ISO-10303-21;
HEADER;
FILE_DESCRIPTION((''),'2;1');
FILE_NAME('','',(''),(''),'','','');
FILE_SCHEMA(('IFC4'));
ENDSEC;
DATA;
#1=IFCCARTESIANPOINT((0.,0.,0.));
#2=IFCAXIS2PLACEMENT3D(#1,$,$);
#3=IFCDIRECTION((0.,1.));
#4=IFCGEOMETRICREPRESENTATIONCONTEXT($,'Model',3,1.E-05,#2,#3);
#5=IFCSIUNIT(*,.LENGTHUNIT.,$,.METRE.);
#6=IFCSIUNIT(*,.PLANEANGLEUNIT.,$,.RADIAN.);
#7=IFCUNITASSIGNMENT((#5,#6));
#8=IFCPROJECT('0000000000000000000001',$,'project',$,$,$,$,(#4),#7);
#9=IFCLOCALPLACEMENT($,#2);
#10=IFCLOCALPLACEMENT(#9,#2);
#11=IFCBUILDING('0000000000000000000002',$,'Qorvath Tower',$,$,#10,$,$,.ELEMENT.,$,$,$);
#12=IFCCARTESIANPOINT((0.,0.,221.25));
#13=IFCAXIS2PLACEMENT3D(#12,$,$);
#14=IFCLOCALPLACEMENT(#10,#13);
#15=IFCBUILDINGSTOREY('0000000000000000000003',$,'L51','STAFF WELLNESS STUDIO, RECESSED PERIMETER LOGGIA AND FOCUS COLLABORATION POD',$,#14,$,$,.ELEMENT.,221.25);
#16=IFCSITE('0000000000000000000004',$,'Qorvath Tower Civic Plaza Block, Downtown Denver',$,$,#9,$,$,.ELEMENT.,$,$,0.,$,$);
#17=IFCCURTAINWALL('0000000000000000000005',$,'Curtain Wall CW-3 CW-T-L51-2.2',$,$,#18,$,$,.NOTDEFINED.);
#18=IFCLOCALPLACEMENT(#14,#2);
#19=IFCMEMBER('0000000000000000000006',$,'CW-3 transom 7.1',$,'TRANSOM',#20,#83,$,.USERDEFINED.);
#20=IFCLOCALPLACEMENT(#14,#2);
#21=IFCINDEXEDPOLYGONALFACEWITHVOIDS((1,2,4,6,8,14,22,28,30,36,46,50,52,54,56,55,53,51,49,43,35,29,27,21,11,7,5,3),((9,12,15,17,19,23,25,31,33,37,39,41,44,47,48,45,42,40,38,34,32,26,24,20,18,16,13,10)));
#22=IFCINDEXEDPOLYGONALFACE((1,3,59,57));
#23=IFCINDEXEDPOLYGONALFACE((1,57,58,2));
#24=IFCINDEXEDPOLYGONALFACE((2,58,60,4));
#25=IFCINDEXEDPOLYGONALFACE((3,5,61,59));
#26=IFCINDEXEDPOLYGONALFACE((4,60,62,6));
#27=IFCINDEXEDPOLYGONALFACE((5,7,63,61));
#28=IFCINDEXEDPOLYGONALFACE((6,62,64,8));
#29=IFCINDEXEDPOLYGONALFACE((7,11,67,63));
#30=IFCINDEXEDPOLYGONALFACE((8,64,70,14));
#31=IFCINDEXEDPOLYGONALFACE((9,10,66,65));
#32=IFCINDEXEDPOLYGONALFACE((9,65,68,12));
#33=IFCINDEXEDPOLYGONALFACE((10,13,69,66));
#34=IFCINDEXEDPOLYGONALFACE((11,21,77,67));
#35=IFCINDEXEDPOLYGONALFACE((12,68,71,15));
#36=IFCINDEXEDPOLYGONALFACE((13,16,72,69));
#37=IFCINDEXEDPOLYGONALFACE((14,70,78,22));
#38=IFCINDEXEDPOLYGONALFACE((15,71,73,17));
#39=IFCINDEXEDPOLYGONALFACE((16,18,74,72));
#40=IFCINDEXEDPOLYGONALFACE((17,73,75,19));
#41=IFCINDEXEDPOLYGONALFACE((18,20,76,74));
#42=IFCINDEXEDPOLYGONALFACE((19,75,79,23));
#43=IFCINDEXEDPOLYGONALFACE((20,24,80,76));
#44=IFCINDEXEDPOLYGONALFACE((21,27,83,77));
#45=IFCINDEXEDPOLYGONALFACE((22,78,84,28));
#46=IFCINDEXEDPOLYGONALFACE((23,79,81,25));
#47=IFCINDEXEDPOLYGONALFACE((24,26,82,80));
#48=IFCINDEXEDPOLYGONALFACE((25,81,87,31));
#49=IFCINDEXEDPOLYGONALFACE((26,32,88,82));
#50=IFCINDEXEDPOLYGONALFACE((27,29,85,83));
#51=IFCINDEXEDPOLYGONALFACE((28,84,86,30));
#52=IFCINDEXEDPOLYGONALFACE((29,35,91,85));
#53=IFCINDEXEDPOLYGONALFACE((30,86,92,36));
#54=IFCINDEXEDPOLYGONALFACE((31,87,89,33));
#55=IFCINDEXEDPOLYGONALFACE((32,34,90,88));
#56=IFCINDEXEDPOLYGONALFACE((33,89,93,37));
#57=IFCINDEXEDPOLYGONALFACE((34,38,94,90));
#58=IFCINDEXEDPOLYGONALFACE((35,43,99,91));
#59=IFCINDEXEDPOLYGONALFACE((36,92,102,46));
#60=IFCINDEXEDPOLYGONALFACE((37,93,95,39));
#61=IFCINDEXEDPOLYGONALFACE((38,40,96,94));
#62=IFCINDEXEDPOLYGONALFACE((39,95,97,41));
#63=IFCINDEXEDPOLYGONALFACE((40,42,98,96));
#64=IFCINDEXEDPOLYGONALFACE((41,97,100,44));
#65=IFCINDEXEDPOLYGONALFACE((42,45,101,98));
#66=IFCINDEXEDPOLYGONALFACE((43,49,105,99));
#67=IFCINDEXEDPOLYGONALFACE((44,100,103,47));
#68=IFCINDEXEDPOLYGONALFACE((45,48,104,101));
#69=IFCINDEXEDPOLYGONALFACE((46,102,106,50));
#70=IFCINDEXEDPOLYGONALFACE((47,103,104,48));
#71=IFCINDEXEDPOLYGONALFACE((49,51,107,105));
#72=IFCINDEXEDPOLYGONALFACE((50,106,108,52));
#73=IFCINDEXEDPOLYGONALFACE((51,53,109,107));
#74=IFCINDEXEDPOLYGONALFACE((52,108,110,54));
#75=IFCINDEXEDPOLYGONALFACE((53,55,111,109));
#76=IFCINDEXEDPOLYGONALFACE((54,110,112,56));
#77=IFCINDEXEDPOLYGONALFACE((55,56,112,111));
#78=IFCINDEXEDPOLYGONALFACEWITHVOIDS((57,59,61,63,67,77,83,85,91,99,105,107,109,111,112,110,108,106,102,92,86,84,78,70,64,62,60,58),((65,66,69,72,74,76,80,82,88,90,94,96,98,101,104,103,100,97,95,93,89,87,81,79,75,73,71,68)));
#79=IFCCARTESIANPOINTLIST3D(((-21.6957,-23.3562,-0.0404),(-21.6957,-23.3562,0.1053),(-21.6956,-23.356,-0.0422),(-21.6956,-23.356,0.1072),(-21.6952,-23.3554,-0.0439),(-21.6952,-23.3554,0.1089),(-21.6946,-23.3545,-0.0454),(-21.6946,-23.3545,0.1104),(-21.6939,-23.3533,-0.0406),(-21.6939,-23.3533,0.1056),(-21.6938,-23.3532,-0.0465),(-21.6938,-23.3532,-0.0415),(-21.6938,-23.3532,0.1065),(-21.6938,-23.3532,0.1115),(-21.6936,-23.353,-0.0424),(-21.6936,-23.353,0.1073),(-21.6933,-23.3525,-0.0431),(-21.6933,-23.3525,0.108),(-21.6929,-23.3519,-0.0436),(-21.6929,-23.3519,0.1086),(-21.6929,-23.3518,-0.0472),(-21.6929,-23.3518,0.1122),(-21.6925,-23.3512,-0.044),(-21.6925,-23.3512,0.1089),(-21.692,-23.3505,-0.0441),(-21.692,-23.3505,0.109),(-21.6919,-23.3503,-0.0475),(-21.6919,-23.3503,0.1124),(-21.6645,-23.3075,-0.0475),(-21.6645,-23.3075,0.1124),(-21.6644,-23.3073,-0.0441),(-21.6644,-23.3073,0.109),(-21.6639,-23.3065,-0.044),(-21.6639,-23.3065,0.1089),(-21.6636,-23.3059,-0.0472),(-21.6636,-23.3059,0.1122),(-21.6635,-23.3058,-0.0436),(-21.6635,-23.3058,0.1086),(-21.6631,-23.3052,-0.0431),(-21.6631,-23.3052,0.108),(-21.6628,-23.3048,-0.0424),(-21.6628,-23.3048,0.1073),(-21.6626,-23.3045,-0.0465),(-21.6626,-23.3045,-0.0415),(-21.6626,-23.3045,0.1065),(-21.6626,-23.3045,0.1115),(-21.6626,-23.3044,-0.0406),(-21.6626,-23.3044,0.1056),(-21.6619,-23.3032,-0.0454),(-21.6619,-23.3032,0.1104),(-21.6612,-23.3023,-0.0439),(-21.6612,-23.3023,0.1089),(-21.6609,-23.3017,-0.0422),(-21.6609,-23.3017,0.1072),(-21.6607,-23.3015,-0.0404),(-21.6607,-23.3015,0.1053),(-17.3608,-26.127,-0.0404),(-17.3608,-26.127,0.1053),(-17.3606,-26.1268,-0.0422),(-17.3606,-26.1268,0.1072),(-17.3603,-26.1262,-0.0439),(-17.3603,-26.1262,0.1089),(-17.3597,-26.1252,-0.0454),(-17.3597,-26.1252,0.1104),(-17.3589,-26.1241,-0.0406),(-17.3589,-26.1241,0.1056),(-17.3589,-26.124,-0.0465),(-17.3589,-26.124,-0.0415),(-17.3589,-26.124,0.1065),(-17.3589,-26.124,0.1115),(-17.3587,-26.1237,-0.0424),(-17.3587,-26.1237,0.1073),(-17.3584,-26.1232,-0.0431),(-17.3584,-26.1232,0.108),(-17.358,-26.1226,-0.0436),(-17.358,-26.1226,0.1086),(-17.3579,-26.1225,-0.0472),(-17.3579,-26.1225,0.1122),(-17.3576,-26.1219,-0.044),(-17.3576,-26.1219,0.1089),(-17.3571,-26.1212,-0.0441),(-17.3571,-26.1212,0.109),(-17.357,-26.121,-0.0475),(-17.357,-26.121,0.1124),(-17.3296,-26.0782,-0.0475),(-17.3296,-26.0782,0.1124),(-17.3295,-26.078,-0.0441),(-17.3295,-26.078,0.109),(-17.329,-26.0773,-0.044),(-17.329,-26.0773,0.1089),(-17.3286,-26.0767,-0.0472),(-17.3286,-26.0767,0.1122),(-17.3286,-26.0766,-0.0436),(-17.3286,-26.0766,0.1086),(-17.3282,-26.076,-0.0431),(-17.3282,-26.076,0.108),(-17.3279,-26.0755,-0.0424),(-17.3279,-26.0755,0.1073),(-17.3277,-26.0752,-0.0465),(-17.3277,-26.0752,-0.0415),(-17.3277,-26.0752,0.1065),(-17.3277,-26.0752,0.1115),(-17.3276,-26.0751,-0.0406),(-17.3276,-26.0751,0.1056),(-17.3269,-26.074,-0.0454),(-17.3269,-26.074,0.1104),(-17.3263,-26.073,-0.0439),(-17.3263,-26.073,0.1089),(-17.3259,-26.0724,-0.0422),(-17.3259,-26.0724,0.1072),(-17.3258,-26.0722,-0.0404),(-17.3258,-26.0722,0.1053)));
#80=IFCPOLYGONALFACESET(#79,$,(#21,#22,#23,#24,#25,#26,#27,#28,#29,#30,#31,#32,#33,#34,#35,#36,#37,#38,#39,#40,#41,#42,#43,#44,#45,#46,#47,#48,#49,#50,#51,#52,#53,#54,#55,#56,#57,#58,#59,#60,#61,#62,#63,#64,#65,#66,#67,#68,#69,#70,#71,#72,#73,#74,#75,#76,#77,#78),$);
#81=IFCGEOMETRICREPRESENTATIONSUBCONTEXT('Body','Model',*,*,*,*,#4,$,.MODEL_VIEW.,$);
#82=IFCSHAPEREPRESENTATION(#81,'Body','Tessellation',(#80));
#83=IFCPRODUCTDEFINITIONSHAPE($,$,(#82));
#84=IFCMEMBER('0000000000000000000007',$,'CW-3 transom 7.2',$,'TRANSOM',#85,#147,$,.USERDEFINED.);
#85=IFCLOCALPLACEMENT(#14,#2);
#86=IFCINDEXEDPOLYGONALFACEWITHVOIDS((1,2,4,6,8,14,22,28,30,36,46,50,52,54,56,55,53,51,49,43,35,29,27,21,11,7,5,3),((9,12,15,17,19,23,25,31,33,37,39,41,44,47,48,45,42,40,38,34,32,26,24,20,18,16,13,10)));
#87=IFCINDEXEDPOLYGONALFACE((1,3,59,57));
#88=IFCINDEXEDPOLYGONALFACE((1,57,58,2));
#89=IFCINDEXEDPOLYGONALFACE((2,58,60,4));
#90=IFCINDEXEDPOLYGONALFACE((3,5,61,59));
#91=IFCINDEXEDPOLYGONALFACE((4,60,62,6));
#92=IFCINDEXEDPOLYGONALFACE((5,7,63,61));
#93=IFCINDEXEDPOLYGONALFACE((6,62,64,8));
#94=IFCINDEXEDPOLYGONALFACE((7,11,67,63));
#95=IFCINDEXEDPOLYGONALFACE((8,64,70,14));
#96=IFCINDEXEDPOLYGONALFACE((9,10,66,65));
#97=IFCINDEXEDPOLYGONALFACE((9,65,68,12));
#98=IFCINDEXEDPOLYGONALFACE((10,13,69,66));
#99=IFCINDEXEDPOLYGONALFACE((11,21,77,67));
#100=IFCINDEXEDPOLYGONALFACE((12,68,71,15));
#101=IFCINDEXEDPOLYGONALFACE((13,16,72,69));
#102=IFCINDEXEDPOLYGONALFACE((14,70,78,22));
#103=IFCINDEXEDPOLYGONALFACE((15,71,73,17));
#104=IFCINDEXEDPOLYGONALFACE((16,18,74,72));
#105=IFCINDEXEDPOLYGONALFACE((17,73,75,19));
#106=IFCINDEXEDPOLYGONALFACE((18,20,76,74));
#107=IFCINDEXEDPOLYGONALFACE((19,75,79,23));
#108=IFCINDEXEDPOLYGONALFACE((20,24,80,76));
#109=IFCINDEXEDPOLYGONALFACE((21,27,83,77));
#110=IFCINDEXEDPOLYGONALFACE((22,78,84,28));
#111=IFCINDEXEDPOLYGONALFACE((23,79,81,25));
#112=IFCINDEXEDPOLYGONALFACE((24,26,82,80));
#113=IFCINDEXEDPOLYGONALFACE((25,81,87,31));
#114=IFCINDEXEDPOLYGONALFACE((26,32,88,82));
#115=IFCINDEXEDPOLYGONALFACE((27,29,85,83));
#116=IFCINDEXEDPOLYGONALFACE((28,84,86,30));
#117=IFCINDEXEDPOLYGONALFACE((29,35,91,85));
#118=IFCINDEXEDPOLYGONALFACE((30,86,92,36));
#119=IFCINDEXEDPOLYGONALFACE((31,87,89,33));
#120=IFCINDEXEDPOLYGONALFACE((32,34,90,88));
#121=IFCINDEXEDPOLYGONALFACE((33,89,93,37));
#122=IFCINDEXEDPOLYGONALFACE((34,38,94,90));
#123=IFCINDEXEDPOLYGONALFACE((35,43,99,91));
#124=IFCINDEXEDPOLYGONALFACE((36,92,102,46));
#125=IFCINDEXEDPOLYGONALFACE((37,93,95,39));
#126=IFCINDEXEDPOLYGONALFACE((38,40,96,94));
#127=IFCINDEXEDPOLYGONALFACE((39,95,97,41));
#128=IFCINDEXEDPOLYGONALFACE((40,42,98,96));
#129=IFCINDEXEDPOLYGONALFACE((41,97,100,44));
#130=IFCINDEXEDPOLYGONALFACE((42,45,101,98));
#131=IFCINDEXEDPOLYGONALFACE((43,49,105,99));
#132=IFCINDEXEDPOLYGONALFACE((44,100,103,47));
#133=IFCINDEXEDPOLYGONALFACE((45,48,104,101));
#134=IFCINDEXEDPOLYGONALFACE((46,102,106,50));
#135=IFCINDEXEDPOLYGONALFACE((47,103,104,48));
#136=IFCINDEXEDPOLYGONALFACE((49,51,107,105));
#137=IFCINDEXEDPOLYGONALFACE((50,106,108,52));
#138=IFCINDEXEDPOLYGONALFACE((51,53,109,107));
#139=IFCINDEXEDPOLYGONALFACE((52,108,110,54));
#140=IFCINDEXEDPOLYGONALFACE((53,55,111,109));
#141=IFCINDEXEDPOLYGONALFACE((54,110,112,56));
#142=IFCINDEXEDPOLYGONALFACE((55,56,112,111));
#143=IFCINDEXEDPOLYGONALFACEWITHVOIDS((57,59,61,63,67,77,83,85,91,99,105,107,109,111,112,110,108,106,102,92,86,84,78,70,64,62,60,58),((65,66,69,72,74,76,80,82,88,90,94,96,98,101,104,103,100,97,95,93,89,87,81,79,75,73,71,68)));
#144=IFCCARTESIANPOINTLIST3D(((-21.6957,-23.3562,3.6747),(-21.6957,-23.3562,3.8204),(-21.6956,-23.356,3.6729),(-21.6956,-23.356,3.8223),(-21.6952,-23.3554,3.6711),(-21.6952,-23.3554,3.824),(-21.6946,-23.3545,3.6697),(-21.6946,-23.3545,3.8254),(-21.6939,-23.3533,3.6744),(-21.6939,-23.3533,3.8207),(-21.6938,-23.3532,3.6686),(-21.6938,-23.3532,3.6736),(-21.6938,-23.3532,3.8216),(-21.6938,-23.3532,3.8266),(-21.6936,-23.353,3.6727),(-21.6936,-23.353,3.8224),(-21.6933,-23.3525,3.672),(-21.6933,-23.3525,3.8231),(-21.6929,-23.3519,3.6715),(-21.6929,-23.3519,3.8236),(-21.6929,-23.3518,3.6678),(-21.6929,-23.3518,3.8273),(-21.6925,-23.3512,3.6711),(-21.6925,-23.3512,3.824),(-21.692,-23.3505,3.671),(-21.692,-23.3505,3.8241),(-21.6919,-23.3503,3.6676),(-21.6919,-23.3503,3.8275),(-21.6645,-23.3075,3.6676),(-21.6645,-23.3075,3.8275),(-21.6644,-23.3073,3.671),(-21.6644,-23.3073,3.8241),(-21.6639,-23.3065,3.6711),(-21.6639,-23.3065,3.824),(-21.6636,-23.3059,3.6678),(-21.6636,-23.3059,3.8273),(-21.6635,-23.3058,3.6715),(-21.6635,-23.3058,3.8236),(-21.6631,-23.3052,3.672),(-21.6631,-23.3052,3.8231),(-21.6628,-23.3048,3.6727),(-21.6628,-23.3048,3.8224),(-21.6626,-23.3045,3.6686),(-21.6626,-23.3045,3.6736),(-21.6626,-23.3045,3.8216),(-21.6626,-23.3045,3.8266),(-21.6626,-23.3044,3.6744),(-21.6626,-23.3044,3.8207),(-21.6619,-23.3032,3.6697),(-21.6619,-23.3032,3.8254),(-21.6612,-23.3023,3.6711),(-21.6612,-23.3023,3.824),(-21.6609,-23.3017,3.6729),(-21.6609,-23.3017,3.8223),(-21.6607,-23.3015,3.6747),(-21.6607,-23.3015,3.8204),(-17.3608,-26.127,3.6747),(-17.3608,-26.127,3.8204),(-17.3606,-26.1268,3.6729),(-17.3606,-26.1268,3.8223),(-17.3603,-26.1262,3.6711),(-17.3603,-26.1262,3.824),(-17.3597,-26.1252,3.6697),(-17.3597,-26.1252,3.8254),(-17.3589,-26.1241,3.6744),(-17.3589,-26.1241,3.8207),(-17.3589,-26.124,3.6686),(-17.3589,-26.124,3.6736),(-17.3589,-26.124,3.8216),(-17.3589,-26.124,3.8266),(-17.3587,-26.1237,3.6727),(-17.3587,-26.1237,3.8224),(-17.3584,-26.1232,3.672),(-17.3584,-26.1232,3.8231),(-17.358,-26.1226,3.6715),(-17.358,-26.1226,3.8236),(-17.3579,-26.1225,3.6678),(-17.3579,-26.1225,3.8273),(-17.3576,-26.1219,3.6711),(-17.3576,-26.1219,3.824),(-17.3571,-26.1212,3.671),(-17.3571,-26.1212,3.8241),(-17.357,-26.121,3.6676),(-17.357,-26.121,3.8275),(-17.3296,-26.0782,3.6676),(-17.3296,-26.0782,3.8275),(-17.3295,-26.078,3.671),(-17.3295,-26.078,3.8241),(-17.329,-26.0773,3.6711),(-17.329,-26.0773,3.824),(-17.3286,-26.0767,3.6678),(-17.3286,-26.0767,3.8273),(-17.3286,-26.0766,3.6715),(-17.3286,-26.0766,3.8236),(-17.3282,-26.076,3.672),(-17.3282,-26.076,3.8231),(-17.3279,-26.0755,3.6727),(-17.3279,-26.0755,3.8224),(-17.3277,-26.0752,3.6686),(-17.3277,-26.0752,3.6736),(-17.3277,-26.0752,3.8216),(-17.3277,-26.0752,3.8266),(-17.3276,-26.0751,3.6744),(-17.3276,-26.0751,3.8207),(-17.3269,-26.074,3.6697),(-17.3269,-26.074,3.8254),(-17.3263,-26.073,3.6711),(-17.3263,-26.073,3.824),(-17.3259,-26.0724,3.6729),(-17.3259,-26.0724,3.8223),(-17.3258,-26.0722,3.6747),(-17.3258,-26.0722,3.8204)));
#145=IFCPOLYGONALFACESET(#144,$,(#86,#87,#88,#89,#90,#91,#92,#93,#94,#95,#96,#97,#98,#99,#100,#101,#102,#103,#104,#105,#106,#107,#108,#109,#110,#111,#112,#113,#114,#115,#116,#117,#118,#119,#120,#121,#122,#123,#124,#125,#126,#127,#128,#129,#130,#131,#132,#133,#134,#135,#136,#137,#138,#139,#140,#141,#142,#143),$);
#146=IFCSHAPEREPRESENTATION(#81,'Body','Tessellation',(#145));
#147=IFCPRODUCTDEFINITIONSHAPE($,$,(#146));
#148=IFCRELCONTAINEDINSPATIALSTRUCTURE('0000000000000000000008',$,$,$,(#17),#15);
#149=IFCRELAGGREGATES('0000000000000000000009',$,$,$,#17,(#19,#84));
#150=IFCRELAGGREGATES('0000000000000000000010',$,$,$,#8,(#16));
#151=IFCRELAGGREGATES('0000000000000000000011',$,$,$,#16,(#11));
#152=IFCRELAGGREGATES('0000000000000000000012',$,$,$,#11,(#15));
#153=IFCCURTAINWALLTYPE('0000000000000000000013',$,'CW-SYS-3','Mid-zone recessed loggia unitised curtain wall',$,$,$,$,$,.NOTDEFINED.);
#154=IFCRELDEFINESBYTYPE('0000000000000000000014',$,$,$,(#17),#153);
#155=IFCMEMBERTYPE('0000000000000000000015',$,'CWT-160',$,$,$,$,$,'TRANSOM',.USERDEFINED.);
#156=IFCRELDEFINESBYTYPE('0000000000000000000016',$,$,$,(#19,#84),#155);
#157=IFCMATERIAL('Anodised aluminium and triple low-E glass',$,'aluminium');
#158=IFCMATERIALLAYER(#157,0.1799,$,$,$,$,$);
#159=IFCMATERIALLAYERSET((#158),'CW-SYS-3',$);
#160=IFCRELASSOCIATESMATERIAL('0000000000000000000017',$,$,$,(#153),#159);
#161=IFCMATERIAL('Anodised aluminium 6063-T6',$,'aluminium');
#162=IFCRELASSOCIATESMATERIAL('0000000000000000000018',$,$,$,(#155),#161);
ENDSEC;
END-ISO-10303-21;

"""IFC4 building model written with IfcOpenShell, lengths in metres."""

from ifc_helpers import new_model, si_unit, direction, frame, origin, origin_2d, place, context, subcontext, project, spatial, hollow_rectangle, extrude, material, layer, layer_set, material_profile, profile_set, type_object, element, aggregate, save


model = new_model("IFC4")

# Units and contexts
model_context = context("Model", 3, precision=1e-05, world=origin(), true_north=direction((0.0, 1.0)))
body_context = subcontext(model_context, "Body", "Model", "MODEL_VIEW")
ifc_project = project(units=[si_unit("LENGTHUNIT", "METRE"), si_unit("PLANEANGLEUNIT", "RADIAN")], contexts=[model_context])

# Site, building, storey
site_placement = place(None, origin())
site = spatial("IfcSite", under=ifc_project, at=site_placement, Name="Qorvath Tower Civic Plaza Block, Downtown Denver", CompositionType="ELEMENT", RefElevation=0.0)
building_placement = place(site_placement, origin())
building = spatial("IfcBuilding", under=site, at=building_placement, Name="Qorvath Tower", CompositionType="ELEMENT")
storey_placement = place(building_placement, frame((0.0, 0.0, 221.25)))
storey = spatial("IfcBuildingStorey", under=building, at=storey_placement, Name="L51", Description="STAFF WELLNESS STUDIO, RECESSED PERIMETER LOGGIA AND FOCUS COLLABORATION POD", CompositionType="ELEMENT", Elevation=221.25)

# Curtain wall
ifc_material_1 = material(Name="Anodised aluminium and triple low-E glass", Category="aluminium")
ifc_layer_1 = layer(ifc_material_1, 0.1799)
ifc_layer_set_1 = layer_set([ifc_layer_1], Name="CW-SYS-3")
curtain_wall_type = type_object("IfcCurtainWallType", Name="CW-SYS-3", Description="Mid-zone recessed loggia unitised curtain wall", PredefinedType="NOTDEFINED", material=ifc_layer_set_1)
curtain_wall_1_placement = place(storey_placement, origin())
curtain_wall_1 = element("IfcCurtainWall", 1, at=curtain_wall_1_placement, inside=storey, type_object=curtain_wall_type, Name="Curtain Wall CW-3 CW-T-L51-2.2", PredefinedType="NOTDEFINED")

# Members
ifc_material_2 = material(Name="Anodised aluminium 6063-T6", Category="aluminium")
ifc_material_profile_1 = material_profile(ifc_material_2, hollow_rectangle(XDim=0.0649, YDim=0.1599, WallThickness=0.0034, InnerFilletRadius=0.0034, OuterFilletRadius=0.0071, at=origin_2d()), Name="CWT 160x65")
ifc_profile_set_1 = profile_set([ifc_material_profile_1], Name="Anodised aluminium 6063-T6")
member_type_1 = type_object("IfcMemberType", Name="CWT-160", ElementType="TRANSOM", PredefinedType="USERDEFINED", material=ifc_profile_set_1)
member_1_placement = place(storey_placement, frame((-21.6782, -23.3289, 0.0325), z_axis=(0.842591, -0.538554, 0.0), x_axis=(0.538554, 0.842591, 0.0)))
member_1 = element("IfcMember", 2, at=member_1_placement, type_object=member_type_1, Name="CW-3 transom 7.1", ObjectType="TRANSOM", PredefinedType="USERDEFINED", context=body_context, shape_type="SweptSolid", body=[
    extrude(hollow_rectangle(XDim=0.0649, YDim=0.1599, WallThickness=0.0034, InnerFilletRadius=0.0034, OuterFilletRadius=0.0071, at=origin_2d()), origin(), (0.0, 0.0, 1.0), 5.1448),
])
member_2_placement = place(storey_placement, frame((-21.6782, -23.3289, 3.7476), z_axis=(0.842591, -0.538554, 0.0), x_axis=(0.538554, 0.842591, 0.0)))
member_2 = element("IfcMember", 3, at=member_2_placement, type_object=member_type_1, Name="CW-3 transom 7.2", ObjectType="TRANSOM", PredefinedType="USERDEFINED", context=body_context, shape_type="SweptSolid", body=[
    extrude(hollow_rectangle(XDim=0.0649, YDim=0.1599, WallThickness=0.0034, InnerFilletRadius=0.0034, OuterFilletRadius=0.0071, at=origin_2d()), origin(), (0.0, 0.0, 1.0), 5.1448),
])

aggregate(curtain_wall_1, [member_1, member_2])

save(model, "model.ifc")
